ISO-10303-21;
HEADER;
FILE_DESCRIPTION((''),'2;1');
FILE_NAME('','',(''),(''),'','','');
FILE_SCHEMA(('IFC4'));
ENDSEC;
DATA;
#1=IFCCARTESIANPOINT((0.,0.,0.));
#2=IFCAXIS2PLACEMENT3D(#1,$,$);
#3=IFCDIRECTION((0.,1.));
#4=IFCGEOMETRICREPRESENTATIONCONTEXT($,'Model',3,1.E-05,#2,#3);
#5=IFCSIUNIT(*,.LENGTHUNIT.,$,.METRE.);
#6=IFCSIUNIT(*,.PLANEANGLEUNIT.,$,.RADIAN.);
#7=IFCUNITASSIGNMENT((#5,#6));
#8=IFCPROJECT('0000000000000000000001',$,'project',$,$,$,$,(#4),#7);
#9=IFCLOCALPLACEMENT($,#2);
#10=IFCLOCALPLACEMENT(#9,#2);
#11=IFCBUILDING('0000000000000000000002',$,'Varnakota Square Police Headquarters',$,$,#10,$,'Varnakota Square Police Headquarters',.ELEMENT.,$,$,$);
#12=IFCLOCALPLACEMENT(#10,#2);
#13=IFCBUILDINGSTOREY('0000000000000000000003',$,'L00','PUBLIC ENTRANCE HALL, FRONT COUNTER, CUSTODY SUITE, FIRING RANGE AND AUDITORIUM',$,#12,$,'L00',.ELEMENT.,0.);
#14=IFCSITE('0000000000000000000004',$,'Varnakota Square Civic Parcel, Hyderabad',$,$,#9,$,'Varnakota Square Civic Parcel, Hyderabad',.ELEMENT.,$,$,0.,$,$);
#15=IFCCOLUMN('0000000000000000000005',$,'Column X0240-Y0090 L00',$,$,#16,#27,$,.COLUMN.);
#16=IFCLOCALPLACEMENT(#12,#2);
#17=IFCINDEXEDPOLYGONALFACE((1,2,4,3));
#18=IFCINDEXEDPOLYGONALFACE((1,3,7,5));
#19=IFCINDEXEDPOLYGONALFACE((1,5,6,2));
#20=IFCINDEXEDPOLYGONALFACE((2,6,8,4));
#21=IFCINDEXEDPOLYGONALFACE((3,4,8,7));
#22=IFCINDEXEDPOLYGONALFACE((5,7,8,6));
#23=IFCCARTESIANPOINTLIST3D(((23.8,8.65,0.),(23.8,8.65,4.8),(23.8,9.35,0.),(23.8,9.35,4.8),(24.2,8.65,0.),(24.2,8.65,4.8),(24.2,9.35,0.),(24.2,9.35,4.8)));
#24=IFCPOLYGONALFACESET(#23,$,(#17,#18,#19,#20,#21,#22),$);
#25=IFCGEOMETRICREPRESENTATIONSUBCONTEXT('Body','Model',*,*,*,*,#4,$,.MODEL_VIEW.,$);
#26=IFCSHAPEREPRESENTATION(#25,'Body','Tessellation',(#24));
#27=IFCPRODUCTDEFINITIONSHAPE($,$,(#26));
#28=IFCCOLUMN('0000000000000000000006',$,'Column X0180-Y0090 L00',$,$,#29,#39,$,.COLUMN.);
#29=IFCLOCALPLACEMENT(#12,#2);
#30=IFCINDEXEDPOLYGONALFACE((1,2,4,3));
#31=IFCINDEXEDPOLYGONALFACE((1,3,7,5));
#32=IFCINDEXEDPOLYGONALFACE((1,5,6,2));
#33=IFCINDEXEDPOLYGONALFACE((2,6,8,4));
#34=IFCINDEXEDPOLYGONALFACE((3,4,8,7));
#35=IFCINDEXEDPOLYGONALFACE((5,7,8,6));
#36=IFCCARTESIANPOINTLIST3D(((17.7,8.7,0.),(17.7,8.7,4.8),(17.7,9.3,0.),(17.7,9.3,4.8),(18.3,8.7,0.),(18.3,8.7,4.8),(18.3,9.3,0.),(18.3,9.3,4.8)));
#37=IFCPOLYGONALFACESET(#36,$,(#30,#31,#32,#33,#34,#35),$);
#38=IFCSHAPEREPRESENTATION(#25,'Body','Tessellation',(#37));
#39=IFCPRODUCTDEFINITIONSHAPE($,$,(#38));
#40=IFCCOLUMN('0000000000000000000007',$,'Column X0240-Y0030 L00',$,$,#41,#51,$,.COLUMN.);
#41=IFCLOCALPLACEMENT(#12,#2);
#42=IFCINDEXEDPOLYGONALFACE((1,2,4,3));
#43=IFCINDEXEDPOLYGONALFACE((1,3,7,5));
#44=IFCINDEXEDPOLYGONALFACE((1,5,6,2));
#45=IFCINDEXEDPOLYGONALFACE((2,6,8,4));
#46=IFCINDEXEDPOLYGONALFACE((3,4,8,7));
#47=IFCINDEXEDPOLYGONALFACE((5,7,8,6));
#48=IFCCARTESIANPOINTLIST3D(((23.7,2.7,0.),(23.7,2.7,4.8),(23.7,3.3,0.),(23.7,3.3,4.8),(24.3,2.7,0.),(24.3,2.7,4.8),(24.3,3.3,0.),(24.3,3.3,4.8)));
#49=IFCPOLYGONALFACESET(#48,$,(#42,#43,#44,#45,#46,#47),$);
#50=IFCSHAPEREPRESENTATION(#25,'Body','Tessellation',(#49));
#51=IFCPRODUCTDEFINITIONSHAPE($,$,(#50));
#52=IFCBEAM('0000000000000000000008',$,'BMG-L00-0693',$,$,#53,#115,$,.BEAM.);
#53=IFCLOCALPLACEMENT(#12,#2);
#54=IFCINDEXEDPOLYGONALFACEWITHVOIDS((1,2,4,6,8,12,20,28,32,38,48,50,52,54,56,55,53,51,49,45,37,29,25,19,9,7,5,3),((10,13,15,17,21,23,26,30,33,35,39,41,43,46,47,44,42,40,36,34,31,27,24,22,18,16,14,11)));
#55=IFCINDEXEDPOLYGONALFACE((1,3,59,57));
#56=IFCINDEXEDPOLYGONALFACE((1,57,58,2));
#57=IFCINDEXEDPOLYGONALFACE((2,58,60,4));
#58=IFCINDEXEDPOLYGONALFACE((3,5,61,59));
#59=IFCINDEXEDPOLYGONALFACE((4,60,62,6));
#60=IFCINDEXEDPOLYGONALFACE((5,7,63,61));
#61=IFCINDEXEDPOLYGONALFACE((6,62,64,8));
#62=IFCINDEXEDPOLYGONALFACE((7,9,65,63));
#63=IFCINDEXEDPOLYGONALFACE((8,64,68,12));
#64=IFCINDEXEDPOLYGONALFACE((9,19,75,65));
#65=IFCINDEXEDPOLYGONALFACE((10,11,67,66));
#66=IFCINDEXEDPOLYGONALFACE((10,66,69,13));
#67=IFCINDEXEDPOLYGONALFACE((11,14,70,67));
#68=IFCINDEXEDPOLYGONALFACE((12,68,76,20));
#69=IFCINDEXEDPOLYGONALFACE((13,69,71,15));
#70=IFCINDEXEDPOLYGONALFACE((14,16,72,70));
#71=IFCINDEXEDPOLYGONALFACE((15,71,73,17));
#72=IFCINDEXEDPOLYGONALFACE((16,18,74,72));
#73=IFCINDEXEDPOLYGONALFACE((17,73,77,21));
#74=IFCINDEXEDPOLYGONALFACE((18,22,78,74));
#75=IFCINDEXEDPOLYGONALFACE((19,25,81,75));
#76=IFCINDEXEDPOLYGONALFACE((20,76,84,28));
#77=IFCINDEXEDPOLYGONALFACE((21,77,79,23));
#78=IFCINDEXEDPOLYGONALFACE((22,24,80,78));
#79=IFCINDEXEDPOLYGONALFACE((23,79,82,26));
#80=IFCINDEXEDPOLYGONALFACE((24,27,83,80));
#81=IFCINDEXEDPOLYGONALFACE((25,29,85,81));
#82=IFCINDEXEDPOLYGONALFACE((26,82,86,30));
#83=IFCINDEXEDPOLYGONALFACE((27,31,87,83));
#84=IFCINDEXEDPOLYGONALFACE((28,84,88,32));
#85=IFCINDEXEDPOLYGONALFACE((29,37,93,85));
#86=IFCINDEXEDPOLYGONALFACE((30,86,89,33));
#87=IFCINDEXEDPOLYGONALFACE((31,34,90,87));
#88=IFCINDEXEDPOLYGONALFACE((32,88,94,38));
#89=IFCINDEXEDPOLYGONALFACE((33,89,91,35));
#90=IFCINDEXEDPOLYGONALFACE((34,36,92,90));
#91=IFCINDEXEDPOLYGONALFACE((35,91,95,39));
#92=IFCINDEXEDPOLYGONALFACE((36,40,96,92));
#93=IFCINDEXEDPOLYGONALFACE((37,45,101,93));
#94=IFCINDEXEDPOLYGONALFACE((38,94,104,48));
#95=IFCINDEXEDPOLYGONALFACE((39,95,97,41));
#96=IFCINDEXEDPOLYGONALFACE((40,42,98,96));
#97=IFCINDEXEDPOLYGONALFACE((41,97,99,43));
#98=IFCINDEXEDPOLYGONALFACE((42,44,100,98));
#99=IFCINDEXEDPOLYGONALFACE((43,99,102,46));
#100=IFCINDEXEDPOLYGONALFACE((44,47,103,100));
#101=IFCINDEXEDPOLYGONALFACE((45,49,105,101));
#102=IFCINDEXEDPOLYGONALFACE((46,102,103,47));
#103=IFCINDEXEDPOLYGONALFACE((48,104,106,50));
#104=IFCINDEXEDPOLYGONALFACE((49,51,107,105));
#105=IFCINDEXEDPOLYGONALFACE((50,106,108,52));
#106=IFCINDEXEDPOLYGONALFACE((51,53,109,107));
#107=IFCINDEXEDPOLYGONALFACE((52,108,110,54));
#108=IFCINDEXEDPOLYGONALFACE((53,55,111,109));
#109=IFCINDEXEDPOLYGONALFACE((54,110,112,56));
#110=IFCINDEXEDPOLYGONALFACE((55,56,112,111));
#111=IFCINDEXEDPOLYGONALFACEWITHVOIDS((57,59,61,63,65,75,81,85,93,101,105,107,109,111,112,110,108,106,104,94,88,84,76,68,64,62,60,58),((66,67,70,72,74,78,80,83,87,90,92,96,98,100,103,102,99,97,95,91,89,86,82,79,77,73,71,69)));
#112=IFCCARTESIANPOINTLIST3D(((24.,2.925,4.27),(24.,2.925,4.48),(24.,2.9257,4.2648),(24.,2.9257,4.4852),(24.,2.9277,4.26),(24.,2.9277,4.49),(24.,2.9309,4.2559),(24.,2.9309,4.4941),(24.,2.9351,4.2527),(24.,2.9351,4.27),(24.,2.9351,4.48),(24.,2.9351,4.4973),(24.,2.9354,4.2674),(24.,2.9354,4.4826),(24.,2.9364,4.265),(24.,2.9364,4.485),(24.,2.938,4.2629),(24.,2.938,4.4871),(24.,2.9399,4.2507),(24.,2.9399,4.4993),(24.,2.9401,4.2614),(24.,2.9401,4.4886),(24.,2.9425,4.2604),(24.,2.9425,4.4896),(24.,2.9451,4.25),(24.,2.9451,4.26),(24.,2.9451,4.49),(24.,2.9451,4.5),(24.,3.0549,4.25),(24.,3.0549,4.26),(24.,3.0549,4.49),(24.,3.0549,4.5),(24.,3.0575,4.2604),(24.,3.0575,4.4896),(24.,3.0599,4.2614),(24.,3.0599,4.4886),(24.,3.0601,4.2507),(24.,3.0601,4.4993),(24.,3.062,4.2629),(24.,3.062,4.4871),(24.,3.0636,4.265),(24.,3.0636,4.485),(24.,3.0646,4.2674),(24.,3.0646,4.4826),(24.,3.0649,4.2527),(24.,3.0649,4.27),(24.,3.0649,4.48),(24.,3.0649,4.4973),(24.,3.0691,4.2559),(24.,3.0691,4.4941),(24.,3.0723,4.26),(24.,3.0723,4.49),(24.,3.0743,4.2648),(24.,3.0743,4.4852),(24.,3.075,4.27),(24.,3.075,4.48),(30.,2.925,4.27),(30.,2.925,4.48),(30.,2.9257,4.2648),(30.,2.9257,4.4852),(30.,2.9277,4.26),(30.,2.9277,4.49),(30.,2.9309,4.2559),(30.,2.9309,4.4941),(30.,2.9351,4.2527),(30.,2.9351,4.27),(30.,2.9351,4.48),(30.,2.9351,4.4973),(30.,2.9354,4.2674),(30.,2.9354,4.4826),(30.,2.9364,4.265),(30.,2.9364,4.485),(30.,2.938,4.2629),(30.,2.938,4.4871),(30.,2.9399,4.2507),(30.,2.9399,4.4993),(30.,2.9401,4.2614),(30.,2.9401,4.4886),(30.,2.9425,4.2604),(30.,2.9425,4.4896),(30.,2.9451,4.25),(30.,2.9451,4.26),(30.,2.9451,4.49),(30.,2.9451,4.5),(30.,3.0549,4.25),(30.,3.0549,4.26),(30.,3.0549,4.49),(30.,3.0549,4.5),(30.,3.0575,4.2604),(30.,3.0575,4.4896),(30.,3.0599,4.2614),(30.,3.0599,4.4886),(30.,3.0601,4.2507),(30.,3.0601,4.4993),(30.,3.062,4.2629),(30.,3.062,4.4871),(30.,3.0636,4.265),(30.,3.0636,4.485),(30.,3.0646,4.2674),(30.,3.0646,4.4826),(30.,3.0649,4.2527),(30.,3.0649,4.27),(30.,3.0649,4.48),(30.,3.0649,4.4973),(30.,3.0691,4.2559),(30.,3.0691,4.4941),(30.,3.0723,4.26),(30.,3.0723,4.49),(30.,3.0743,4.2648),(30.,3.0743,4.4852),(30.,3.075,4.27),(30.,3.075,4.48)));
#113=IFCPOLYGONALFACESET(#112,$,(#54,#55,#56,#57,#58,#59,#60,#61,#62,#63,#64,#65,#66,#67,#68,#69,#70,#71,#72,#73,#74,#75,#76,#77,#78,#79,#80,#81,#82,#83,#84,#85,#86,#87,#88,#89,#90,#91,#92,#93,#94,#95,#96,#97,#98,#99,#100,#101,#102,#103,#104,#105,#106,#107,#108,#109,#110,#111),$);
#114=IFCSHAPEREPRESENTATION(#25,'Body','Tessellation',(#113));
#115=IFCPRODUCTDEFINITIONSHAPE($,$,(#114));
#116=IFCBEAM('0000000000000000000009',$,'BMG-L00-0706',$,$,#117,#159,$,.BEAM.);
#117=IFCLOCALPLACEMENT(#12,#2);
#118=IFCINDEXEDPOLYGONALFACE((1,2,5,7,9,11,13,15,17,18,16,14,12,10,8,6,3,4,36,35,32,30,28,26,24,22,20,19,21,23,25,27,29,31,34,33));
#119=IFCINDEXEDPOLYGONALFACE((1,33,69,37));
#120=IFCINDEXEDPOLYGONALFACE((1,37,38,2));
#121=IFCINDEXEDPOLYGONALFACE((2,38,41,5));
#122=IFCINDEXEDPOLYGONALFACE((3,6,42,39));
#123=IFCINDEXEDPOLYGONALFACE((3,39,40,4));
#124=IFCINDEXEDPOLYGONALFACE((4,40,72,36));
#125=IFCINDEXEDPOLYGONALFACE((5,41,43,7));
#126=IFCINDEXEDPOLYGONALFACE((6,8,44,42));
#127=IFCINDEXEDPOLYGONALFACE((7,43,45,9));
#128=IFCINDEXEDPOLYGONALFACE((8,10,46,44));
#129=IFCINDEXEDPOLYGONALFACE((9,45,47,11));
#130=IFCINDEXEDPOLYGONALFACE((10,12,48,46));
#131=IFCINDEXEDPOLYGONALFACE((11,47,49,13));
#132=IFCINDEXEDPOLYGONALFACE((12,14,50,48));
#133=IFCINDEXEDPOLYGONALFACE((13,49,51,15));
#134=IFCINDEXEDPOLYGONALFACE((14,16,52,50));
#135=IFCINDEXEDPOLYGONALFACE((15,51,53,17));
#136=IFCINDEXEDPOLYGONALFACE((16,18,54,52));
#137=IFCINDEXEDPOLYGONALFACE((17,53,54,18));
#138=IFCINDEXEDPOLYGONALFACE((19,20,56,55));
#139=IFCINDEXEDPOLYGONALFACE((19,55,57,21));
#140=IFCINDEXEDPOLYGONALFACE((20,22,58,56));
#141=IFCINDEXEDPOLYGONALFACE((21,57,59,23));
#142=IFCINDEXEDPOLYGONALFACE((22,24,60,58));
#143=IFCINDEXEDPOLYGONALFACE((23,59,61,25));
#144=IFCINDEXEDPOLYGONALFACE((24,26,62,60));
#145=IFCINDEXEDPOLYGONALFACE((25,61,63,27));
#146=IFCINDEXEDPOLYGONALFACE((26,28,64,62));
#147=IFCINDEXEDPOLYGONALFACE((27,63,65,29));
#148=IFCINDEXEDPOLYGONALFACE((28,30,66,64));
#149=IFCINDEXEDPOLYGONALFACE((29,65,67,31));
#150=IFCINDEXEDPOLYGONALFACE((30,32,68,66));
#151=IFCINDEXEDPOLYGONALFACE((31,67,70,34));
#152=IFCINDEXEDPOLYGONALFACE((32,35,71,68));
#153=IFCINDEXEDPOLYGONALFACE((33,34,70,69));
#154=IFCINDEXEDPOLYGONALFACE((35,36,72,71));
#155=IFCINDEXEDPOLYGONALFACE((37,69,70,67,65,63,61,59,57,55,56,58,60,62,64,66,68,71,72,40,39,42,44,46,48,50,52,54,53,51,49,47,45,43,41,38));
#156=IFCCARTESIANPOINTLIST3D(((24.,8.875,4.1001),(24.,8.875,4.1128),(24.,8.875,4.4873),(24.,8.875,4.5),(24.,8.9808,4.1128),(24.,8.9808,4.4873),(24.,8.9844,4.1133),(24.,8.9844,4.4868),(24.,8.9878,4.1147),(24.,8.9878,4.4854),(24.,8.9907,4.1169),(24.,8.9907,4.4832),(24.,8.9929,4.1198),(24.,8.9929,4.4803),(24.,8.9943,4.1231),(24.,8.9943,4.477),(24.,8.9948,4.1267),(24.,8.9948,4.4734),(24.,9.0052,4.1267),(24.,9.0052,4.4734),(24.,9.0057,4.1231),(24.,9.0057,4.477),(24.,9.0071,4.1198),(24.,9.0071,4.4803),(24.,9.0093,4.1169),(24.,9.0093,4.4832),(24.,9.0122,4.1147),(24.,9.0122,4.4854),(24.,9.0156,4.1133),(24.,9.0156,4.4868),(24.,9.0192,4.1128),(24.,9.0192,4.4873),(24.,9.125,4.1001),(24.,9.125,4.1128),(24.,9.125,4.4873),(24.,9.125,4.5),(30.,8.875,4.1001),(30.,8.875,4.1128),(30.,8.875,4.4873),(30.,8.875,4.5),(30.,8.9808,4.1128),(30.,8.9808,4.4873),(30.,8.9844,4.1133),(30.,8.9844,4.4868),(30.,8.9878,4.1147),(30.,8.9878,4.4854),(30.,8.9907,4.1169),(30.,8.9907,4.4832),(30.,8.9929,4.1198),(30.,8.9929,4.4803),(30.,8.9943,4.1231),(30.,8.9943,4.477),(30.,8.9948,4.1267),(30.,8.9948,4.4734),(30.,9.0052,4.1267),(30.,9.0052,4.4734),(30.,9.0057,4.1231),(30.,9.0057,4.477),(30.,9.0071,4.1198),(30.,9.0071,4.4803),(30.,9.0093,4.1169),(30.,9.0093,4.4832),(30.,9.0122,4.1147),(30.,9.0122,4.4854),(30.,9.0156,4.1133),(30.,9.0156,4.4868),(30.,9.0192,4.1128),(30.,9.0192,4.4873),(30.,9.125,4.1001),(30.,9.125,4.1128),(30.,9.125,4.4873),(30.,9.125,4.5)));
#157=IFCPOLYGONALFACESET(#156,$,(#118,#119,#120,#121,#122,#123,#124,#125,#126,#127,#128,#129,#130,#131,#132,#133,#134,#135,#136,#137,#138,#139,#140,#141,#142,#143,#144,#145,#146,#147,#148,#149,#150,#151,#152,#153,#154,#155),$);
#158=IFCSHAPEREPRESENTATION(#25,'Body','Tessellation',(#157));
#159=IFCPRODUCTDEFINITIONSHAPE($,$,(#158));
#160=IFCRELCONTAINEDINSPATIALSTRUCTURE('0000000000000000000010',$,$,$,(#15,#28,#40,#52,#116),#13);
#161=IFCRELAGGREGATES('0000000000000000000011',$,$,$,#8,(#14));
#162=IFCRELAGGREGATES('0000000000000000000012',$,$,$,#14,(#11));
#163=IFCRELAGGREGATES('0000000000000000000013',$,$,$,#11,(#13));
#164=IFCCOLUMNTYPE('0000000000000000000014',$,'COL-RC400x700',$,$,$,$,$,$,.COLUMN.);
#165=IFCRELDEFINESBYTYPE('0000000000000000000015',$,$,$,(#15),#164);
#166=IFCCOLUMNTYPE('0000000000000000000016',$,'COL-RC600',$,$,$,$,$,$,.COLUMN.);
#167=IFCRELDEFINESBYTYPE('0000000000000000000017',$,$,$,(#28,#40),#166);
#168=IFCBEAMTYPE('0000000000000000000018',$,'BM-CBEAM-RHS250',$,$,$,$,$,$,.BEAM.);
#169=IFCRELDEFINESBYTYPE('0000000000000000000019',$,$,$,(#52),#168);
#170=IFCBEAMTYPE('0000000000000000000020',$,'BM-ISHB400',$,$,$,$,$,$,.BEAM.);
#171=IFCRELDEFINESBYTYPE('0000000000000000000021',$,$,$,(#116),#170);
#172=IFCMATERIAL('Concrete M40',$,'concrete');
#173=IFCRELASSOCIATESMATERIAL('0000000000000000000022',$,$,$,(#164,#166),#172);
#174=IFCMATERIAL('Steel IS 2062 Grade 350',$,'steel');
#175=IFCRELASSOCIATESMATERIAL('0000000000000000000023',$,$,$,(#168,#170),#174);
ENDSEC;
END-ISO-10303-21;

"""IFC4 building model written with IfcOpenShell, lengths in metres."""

from ifc_helpers import new_model, si_unit, direction, frame, origin, origin_2d, place, context, subcontext, project, spatial, rectangle, hollow_rectangle, i_section, extrude, material, material_profile, profile_set, type_object, element, save


model = new_model("IFC4")

# Units and contexts
model_context = context("Model", 3, precision=1e-05, world=origin(), true_north=direction((0.0, 1.0)))
body_context = subcontext(model_context, "Body", "Model", "MODEL_VIEW")
ifc_project = project(units=[si_unit("LENGTHUNIT", "METRE"), si_unit("PLANEANGLEUNIT", "RADIAN")], contexts=[model_context])

# Site, building, storey
site_placement = place(None, origin())
site = spatial("IfcSite", under=ifc_project, at=site_placement, Name="Varnakota Square Civic Parcel, Hyderabad", LongName="Varnakota Square Civic Parcel, Hyderabad", CompositionType="ELEMENT", RefElevation=0.0)
building_placement = place(site_placement, origin())
building = spatial("IfcBuilding", under=site, at=building_placement, Name="Varnakota Square Police Headquarters", LongName="Varnakota Square Police Headquarters", CompositionType="ELEMENT")
storey_placement = place(building_placement, origin())
storey = spatial("IfcBuildingStorey", under=building, at=storey_placement, Name="L00", Description="PUBLIC ENTRANCE HALL, FRONT COUNTER, CUSTODY SUITE, FIRING RANGE AND AUDITORIUM", LongName="L00", CompositionType="ELEMENT", Elevation=0.0)

# Columns
ifc_material_1 = material(Name="Concrete M40", Category="concrete")
ifc_material_profile_1 = material_profile(ifc_material_1, rectangle(XDim=0.3999, YDim=0.7, at=origin_2d()), Name="RC 400x700")
ifc_profile_set_1 = profile_set([ifc_material_profile_1], Name="Concrete M40")
column_type_1 = type_object("IfcColumnType", Name="COL-RC400x700", PredefinedType="COLUMN", material=ifc_profile_set_1)
column_placement = place(storey_placement, frame((24.0, 9.0, 0.0), z_axis=(0.0, 0.0, 1.0), x_axis=(1.0, 0.0, 0.0)))
element("IfcColumn", 1, at=column_placement, inside=storey, type_object=column_type_1, Name="Column X0240-Y0090 L00", PredefinedType="COLUMN", context=body_context, shape_type="SweptSolid", body=[
    extrude(rectangle(XDim=0.3999, YDim=0.7, at=origin_2d()), origin(), (0.0, 0.0, 1.0), 4.8),
])
ifc_material_profile_2 = material_profile(ifc_material_1, rectangle(XDim=0.6001, YDim=0.6001, at=origin_2d()), Name="RC 600x600")
ifc_profile_set_2 = profile_set([ifc_material_profile_2], Name="Concrete M40")
column_type_2 = type_object("IfcColumnType", Name="COL-RC600", PredefinedType="COLUMN", material=ifc_profile_set_2)
for number, where, z_axis, x_axis, name in (
    (2, (18.0, 9.0, 0.0), (0.0, 0.0, 1.0), (1.0, 0.0, 0.0), "Column X0180-Y0090 L00"),
    (3, (24.0, 3.0, 0.0), (0.0, 0.0, 1.0), (1.0, 0.0, 0.0), "Column X0240-Y0030 L00"),
):
    element("IfcColumn", number, at=place(storey_placement, frame(where, z_axis=z_axis, x_axis=x_axis)), inside=storey, type_object=column_type_2, Name=name, PredefinedType="COLUMN", context=body_context, shape_type="SweptSolid", body=[
        extrude(rectangle(XDim=0.6001, YDim=0.6001, at=origin_2d()), origin(), (0.0, 0.0, 1.0), 4.8),
    ])

# Beams
ifc_material_2 = material(Name="Steel IS 2062 Grade 350", Category="steel")
ifc_material_profile_3 = material_profile(ifc_material_2, hollow_rectangle(XDim=0.1499, YDim=0.25, WallThickness=0.01, InnerFilletRadius=0.01, OuterFilletRadius=0.02, at=origin_2d()), Name="RHS 250x150x10")
ifc_profile_set_3 = profile_set([ifc_material_profile_3], Name="Steel IS 2062 Grade 350")
beam_type_1 = type_object("IfcBeamType", Name="BM-CBEAM-RHS250", PredefinedType="BEAM", material=ifc_profile_set_3)
beam_1_placement = place(storey_placement, frame((24.0, 3.0, 4.375), z_axis=(1.0, 0.0, 0.0), x_axis=(0.0, 1.0, 0.0)))
element("IfcBeam", 4, at=beam_1_placement, inside=storey, type_object=beam_type_1, Name="BMG-L00-0693", PredefinedType="BEAM", context=body_context, shape_type="SweptSolid", body=[
    extrude(hollow_rectangle(XDim=0.1499, YDim=0.25, WallThickness=0.01, InnerFilletRadius=0.01, OuterFilletRadius=0.02, at=origin_2d()), origin(), (0.0, 0.0, 1.0), 6.0),
])
ifc_material_profile_4 = material_profile(ifc_material_2, i_section(OverallWidth=0.25, OverallDepth=0.3999, WebThickness=0.0105, FlangeThickness=0.0127, FilletRadius=0.0139, at=origin_2d()), Name="ISHB 400")
ifc_profile_set_4 = profile_set([ifc_material_profile_4], Name="Steel IS 2062 Grade 350")
beam_type_2 = type_object("IfcBeamType", Name="BM-ISHB400", PredefinedType="BEAM", material=ifc_profile_set_4)
beam_2_placement = place(storey_placement, frame((24.0, 9.0, 4.3), z_axis=(1.0, 0.0, 0.0), x_axis=(0.0, 1.0, 0.0)))
element("IfcBeam", 5, at=beam_2_placement, inside=storey, type_object=beam_type_2, Name="BMG-L00-0706", PredefinedType="BEAM", context=body_context, shape_type="SweptSolid", body=[
    extrude(i_section(OverallWidth=0.25, OverallDepth=0.3999, WebThickness=0.0105, FlangeThickness=0.0127, FilletRadius=0.0139, at=origin_2d()), origin(), (0.0, 0.0, 1.0), 6.0),
])

save(model, "model.ifc")
